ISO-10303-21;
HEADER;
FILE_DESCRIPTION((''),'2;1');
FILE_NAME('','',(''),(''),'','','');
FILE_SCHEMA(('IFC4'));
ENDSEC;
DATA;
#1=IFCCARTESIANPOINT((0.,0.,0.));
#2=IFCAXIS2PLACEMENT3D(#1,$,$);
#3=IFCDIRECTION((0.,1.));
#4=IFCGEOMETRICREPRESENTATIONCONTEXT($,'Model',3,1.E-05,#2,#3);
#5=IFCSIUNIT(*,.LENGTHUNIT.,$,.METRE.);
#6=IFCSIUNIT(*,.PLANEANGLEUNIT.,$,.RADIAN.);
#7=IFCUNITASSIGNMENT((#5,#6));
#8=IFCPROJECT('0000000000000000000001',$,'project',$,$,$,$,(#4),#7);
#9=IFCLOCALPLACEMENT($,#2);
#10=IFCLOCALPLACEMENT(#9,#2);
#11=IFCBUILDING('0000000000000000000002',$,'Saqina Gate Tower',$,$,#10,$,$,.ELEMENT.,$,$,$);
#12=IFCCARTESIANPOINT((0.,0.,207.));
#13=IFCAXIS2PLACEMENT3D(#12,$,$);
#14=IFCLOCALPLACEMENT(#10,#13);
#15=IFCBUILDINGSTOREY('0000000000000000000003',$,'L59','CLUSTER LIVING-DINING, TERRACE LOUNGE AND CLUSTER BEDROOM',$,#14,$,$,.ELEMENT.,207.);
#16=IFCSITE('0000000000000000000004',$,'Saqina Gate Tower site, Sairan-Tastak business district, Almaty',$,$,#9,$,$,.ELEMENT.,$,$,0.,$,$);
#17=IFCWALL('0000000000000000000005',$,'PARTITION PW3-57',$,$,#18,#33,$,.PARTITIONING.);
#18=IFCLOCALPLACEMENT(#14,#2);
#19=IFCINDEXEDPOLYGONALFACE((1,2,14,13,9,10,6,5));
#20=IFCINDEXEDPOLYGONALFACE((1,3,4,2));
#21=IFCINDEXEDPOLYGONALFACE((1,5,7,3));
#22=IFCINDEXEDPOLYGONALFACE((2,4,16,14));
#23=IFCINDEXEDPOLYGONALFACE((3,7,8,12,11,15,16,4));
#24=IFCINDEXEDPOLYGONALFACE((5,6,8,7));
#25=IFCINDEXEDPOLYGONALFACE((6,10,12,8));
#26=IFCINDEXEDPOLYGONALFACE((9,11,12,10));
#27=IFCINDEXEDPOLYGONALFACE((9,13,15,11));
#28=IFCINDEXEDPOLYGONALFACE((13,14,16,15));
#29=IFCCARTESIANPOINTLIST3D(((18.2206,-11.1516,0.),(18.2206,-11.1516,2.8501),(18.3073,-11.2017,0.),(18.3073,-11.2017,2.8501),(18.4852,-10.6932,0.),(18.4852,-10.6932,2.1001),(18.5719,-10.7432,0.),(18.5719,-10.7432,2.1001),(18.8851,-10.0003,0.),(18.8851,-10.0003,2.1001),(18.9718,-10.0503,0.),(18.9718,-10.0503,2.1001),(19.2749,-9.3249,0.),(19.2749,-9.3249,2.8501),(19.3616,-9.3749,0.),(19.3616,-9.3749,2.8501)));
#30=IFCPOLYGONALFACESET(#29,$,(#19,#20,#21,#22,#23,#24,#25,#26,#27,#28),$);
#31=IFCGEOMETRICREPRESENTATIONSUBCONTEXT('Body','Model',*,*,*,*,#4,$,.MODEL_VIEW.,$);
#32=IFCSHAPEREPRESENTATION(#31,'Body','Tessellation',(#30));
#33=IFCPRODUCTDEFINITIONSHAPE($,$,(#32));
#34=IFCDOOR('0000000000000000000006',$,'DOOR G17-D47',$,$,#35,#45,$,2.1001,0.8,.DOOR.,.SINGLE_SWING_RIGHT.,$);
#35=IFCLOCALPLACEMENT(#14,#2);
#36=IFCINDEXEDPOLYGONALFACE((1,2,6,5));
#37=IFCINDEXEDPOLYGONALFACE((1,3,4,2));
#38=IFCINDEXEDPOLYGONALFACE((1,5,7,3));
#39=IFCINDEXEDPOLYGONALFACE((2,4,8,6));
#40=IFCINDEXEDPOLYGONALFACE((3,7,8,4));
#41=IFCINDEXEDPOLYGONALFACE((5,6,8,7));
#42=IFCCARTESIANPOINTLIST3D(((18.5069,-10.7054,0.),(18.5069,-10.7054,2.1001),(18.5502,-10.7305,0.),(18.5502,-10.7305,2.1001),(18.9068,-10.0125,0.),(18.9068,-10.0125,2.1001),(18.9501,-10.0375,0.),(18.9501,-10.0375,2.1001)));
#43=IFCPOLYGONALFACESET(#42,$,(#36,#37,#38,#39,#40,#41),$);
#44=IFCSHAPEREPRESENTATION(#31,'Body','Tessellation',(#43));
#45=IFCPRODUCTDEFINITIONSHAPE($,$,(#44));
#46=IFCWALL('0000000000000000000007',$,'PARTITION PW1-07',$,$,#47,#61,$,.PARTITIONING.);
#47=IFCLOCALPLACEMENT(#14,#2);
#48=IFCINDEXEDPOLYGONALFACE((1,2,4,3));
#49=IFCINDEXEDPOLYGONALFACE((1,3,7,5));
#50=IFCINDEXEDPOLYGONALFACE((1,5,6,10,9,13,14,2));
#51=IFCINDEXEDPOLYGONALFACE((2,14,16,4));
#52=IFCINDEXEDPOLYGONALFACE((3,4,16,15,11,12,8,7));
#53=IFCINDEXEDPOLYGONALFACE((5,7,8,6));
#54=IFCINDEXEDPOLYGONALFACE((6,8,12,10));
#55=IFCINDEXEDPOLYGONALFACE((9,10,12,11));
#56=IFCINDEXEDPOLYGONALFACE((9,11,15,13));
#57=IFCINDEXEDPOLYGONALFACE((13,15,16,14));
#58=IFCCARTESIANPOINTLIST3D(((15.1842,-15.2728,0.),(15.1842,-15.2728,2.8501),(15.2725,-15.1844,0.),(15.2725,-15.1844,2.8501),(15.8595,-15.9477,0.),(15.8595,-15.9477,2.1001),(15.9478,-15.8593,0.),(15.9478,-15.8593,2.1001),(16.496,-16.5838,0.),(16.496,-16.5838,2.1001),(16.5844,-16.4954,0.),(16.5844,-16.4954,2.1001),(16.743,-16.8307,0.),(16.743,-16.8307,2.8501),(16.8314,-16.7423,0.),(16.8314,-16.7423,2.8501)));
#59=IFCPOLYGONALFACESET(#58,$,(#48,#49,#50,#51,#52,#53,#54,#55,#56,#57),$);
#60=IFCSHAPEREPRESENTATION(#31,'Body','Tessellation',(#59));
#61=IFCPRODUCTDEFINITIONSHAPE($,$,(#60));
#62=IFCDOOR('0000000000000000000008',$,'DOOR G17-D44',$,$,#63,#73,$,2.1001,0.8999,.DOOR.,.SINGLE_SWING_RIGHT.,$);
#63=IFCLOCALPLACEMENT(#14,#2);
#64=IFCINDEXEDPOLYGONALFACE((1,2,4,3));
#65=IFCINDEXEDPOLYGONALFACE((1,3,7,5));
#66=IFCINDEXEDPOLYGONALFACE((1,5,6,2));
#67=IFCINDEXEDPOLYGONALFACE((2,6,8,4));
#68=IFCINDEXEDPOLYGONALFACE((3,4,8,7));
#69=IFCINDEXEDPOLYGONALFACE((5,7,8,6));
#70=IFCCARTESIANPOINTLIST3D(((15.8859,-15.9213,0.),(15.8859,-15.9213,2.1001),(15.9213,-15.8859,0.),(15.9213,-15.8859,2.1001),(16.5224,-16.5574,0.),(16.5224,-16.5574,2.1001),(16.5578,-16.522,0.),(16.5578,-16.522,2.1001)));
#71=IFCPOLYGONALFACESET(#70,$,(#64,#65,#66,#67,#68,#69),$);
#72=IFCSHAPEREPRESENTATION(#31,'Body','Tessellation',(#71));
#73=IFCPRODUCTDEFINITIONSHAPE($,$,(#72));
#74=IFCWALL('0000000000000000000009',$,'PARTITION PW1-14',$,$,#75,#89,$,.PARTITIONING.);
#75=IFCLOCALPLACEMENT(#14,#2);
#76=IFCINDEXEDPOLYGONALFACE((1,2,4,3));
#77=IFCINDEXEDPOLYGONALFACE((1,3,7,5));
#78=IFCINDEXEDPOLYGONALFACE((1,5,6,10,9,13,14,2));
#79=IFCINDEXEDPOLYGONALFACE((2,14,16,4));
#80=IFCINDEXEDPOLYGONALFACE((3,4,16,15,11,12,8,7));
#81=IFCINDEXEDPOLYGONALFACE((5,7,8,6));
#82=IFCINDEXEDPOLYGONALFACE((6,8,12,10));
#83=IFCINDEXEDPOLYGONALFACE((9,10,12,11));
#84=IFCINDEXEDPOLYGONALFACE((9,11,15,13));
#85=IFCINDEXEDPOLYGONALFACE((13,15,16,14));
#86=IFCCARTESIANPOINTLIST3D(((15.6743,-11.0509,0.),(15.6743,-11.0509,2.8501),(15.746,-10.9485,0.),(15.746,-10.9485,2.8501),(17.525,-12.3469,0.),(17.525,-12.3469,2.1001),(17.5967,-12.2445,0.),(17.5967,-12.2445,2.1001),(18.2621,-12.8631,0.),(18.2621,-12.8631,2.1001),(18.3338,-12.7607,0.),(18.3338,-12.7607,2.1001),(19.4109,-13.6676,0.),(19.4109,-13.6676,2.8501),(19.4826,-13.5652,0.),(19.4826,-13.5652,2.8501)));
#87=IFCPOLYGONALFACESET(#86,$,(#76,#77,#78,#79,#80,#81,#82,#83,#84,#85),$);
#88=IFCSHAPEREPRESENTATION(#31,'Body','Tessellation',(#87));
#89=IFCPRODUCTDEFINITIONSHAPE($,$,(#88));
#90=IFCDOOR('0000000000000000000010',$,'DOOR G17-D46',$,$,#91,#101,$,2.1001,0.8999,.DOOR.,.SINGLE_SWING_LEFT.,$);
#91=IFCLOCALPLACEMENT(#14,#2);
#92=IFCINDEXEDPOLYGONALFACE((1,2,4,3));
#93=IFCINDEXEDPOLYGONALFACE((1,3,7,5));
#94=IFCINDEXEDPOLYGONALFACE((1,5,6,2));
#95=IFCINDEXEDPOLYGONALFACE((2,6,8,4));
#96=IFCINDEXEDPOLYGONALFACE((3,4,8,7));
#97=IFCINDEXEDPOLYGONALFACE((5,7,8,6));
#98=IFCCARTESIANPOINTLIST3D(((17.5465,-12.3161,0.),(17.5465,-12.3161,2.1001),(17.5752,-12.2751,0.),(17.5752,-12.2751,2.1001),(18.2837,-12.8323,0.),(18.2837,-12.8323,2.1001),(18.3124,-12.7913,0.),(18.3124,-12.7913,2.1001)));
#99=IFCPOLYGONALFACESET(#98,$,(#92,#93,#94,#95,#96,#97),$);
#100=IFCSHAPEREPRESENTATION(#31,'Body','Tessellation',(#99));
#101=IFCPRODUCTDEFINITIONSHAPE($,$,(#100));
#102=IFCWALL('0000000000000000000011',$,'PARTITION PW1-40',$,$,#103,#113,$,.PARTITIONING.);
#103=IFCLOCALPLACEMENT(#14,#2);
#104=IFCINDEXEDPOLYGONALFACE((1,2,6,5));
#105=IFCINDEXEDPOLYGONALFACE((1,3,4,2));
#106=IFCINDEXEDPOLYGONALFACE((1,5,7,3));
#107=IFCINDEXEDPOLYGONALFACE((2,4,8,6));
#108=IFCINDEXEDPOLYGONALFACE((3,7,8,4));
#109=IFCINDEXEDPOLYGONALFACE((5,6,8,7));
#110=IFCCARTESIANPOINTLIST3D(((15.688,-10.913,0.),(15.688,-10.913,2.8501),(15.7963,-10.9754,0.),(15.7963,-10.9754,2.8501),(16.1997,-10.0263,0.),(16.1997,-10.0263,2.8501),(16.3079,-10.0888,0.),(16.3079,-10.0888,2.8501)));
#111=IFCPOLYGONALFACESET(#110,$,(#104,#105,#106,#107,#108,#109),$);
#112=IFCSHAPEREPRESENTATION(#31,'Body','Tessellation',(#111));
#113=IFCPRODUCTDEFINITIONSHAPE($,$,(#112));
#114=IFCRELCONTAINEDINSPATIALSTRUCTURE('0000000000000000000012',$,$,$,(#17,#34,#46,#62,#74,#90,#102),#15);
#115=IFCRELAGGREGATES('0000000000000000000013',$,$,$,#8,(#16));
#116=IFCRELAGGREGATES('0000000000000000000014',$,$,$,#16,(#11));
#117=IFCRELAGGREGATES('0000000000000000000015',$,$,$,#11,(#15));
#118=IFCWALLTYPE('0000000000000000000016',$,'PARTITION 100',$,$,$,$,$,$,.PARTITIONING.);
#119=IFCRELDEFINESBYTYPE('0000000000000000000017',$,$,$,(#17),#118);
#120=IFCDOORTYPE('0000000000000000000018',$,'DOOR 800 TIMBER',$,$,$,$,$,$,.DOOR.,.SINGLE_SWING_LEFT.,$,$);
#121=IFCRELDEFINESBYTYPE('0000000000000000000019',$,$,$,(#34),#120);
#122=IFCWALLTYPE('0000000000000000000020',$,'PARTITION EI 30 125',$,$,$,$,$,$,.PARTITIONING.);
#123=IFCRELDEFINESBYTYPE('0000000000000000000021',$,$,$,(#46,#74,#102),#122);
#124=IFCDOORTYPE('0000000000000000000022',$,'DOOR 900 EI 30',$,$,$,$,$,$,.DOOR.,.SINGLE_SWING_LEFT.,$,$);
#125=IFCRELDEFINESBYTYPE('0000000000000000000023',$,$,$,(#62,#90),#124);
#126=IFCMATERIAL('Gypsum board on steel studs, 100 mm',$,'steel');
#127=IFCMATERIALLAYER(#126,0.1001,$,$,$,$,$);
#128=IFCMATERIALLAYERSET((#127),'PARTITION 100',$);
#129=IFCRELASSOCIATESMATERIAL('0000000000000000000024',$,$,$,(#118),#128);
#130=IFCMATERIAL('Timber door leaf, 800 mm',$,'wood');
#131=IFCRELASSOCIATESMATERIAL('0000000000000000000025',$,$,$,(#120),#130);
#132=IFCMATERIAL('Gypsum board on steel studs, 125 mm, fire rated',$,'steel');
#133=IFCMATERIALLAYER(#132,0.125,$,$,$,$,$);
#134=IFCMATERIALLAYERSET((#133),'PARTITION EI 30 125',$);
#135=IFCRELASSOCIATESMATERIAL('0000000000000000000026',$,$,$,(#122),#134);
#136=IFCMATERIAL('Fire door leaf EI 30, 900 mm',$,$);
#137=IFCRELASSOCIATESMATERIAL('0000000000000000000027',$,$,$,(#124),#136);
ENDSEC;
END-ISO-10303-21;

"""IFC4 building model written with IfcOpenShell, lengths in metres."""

from ifc_helpers import new_model, si_unit, direction, frame, frame_2d, origin, place, context, subcontext, project, spatial, rectangle, extrude, material, layer, layer_set, type_object, element, fill, save


model = new_model("IFC4")

# Units and contexts
model_context = context("Model", 3, precision=1e-05, world=origin(), true_north=direction((0.0, 1.0)))
body_context = subcontext(model_context, "Body", "Model", "MODEL_VIEW")
ifc_project = project(units=[si_unit("LENGTHUNIT", "METRE"), si_unit("PLANEANGLEUNIT", "RADIAN")], contexts=[model_context])

# Site, building, storey
site_placement = place(None, origin())
site = spatial("IfcSite", under=ifc_project, at=site_placement, Name="Saqina Gate Tower site, Sairan-Tastak business district, Almaty", CompositionType="ELEMENT", RefElevation=0.0)
building_placement = place(site_placement, origin())
building = spatial("IfcBuilding", under=site, at=building_placement, Name="Saqina Gate Tower", CompositionType="ELEMENT")
storey_placement = place(building_placement, frame((0.0, 0.0, 207.0)))
storey = spatial("IfcBuildingStorey", under=building, at=storey_placement, Name="L59", Description="CLUSTER LIVING-DINING, TERRACE LOUNGE AND CLUSTER BEDROOM", CompositionType="ELEMENT", Elevation=207.0)

# Shared definitions
ifc_material_1 = material(Name="Gypsum board on steel studs, 100 mm", Category="steel")
ifc_layer_1 = layer(ifc_material_1, 0.1001)
ifc_layer_set_1 = layer_set([ifc_layer_1], Name="PARTITION 100")
wall_type_1 = type_object("IfcWallType", Name="PARTITION 100", PredefinedType="PARTITIONING", material=ifc_layer_set_1)

# Walls, openings, doors
wall_1_placement = place(storey_placement, frame((18.2639, -11.1768, 0.0), z_axis=(0.0, 0.0, 1.0), x_axis=(0.499849, 0.866112, 0.0)))
wall_1 = element("IfcWall", 1, at=wall_1_placement, inside=storey, type_object=wall_type_1, Name="PARTITION PW3-57", PredefinedType="PARTITIONING", context=body_context, shape_type="SweptSolid", body=[
    extrude(rectangle(XDim=2.1091, YDim=0.1001, at=frame_2d((1.0547, 0.0))), origin(), (0.0, 0.0, 1.0), 2.8501),
])
opening_1_placement = place(wall_1_placement, frame((0.5295, 0.0, 0.0)))
opening_1 = element("IfcOpeningElement", 2, at=opening_1_placement, cuts=wall_1, PredefinedType="OPENING", context=body_context, shape_type="SweptSolid", body=[
    extrude(rectangle(XDim=0.8, YDim=2.1001, at=frame_2d((0.3999, 1.05))), frame((0.0, 0.062, 0.0), z_axis=(0.0, -1.0, 0.0), x_axis=(1.0, 0.0, 0.0)), (0.0, 0.0, 1.0), 0.124),
])
ifc_material_2 = material(Name="Timber door leaf, 800 mm", Category="wood")
door_type_1 = type_object("IfcDoorType", Name="DOOR 800 TIMBER", OperationType="SINGLE_SWING_LEFT", PredefinedType="DOOR", material=ifc_material_2)
door_1_placement = place(opening_1_placement, frame((0.8, 0.0, 0.0), z_axis=(0.0, 0.0, 1.0), x_axis=(-1.0, 0.0, 0.0)))
door_1 = element("IfcDoor", 3, at=door_1_placement, inside=storey, type_object=door_type_1, Name="DOOR G17-D47", OperationType="SINGLE_SWING_RIGHT", OverallHeight=2.1001, OverallWidth=0.8, PredefinedType="DOOR", context=body_context, shape_type="SweptSolid", body=[
    extrude(rectangle(XDim=0.8, YDim=2.1001, at=frame_2d((0.3999, 1.05))), frame((0.0, 0.0249, 0.0), z_axis=(0.0, -1.0, 0.0), x_axis=(1.0, 0.0, 0.0)), (0.0, 0.0, 1.0), 0.05),
])
fill(opening_1, door_1)
ifc_material_3 = material(Name="Gypsum board on steel studs, 125 mm, fire rated", Category="steel")
ifc_layer_2 = layer(ifc_material_3, 0.125)
ifc_layer_set_2 = layer_set([ifc_layer_2], Name="PARTITION EI 30 125")
wall_type_2 = type_object("IfcWallType", Name="PARTITION EI 30 125", PredefinedType="PARTITIONING", material=ifc_layer_set_2)
wall_2_placement = place(storey_placement, frame((15.2283, -15.2285, 0.0), z_axis=(0.0, 0.0, 1.0), x_axis=(0.707328, -0.706885, 0.0)))
wall_2 = element("IfcWall", 4, at=wall_2_placement, inside=storey, type_object=wall_type_2, Name="PARTITION PW1-07", PredefinedType="PARTITIONING", context=body_context, shape_type="SweptSolid", body=[
    extrude(rectangle(XDim=2.2039, YDim=0.125, at=frame_2d((1.1021, 0.0))), origin(), (0.0, 0.0, 1.0), 2.8501),
])
opening_2_placement = place(wall_2_placement, frame((0.9548, 0.0, 0.0)))
opening_2 = element("IfcOpeningElement", 5, at=opening_2_placement, cuts=wall_2, PredefinedType="OPENING", context=body_context, shape_type="SweptSolid", body=[
    extrude(rectangle(XDim=0.8999, YDim=2.1001, at=frame_2d((0.45, 1.05))), frame((0.0, 0.0745, 0.0), z_axis=(0.0, -1.0, 0.0), x_axis=(1.0, 0.0, 0.0)), (0.0, 0.0, 1.0), 0.1489),
])
ifc_material_4 = material(Name="Fire door leaf EI 30, 900 mm")
door_type_2 = type_object("IfcDoorType", Name="DOOR 900 EI 30", OperationType="SINGLE_SWING_LEFT", PredefinedType="DOOR", material=ifc_material_4)
door_2_placement = place(opening_2_placement, origin())
door_2 = element("IfcDoor", 6, at=door_2_placement, inside=storey, type_object=door_type_2, Name="DOOR G17-D44", OperationType="SINGLE_SWING_RIGHT", OverallHeight=2.1001, OverallWidth=0.8999, PredefinedType="DOOR", context=body_context, shape_type="SweptSolid", body=[
    extrude(rectangle(XDim=0.8999, YDim=2.1001, at=frame_2d((0.45, 1.05))), frame((0.0, 0.0249, 0.0), z_axis=(0.0, -1.0, 0.0), x_axis=(1.0, 0.0, 0.0)), (0.0, 0.0, 1.0), 0.05),
])
fill(opening_2, door_2)
wall_3_placement = place(storey_placement, frame((15.7102, -10.9998, 0.0), z_axis=(0.0, 0.0, 1.0), x_axis=(0.819119, -0.573624, 0.0)))
wall_3 = element("IfcWall", 7, at=wall_3_placement, inside=storey, type_object=wall_type_2, Name="PARTITION PW1-14", PredefinedType="PARTITIONING", context=body_context, shape_type="SweptSolid", body=[
    extrude(rectangle(XDim=4.5618, YDim=0.125, at=frame_2d((2.2808, 0.0))), origin(), (0.0, 0.0, 1.0), 2.8501),
])
opening_3_placement = place(wall_3_placement, frame((2.2593, 0.0, 0.0)))
opening_3 = element("IfcOpeningElement", 8, at=opening_3_placement, cuts=wall_3, PredefinedType="OPENING", context=body_context, shape_type="SweptSolid", body=[
    extrude(rectangle(XDim=0.8999, YDim=2.1001, at=frame_2d((0.45, 1.05))), frame((0.0, 0.0745, 0.0), z_axis=(0.0, -1.0, 0.0), x_axis=(1.0, 0.0, 0.0)), (0.0, 0.0, 1.0), 0.1489),
])
door_3_placement = place(opening_3_placement, frame((0.8999, 0.0, 0.0), z_axis=(0.0, 0.0, 1.0), x_axis=(-1.0, 0.0, 0.0)))
door_3 = element("IfcDoor", 9, at=door_3_placement, inside=storey, type_object=door_type_2, Name="DOOR G17-D46", OperationType="SINGLE_SWING_LEFT", OverallHeight=2.1001, OverallWidth=0.8999, PredefinedType="DOOR", context=body_context, shape_type="SweptSolid", body=[
    extrude(rectangle(XDim=0.8999, YDim=2.1001, at=frame_2d((0.45, 1.05))), frame((0.0, 0.0249, 0.0), z_axis=(0.0, -1.0, 0.0), x_axis=(1.0, 0.0, 0.0)), (0.0, 0.0, 1.0), 0.05),
])
fill(opening_3, door_3)

# Wall
wall_4_placement = place(storey_placement, frame((15.7422, -10.9441, 0.0), z_axis=(0.0, 0.0, 1.0), x_axis=(0.499833, 0.866122, 0.0)))
element("IfcWall", 10, at=wall_4_placement, inside=storey, type_object=wall_type_2, Name="PARTITION PW1-40", PredefinedType="PARTITIONING", context=body_context, shape_type="SweptSolid", body=[
    extrude(rectangle(XDim=1.0237, YDim=0.125, at=frame_2d((0.5117, 0.0))), origin(), (0.0, 0.0, 1.0), 2.8501),
])

save(model, "model.ifc")
